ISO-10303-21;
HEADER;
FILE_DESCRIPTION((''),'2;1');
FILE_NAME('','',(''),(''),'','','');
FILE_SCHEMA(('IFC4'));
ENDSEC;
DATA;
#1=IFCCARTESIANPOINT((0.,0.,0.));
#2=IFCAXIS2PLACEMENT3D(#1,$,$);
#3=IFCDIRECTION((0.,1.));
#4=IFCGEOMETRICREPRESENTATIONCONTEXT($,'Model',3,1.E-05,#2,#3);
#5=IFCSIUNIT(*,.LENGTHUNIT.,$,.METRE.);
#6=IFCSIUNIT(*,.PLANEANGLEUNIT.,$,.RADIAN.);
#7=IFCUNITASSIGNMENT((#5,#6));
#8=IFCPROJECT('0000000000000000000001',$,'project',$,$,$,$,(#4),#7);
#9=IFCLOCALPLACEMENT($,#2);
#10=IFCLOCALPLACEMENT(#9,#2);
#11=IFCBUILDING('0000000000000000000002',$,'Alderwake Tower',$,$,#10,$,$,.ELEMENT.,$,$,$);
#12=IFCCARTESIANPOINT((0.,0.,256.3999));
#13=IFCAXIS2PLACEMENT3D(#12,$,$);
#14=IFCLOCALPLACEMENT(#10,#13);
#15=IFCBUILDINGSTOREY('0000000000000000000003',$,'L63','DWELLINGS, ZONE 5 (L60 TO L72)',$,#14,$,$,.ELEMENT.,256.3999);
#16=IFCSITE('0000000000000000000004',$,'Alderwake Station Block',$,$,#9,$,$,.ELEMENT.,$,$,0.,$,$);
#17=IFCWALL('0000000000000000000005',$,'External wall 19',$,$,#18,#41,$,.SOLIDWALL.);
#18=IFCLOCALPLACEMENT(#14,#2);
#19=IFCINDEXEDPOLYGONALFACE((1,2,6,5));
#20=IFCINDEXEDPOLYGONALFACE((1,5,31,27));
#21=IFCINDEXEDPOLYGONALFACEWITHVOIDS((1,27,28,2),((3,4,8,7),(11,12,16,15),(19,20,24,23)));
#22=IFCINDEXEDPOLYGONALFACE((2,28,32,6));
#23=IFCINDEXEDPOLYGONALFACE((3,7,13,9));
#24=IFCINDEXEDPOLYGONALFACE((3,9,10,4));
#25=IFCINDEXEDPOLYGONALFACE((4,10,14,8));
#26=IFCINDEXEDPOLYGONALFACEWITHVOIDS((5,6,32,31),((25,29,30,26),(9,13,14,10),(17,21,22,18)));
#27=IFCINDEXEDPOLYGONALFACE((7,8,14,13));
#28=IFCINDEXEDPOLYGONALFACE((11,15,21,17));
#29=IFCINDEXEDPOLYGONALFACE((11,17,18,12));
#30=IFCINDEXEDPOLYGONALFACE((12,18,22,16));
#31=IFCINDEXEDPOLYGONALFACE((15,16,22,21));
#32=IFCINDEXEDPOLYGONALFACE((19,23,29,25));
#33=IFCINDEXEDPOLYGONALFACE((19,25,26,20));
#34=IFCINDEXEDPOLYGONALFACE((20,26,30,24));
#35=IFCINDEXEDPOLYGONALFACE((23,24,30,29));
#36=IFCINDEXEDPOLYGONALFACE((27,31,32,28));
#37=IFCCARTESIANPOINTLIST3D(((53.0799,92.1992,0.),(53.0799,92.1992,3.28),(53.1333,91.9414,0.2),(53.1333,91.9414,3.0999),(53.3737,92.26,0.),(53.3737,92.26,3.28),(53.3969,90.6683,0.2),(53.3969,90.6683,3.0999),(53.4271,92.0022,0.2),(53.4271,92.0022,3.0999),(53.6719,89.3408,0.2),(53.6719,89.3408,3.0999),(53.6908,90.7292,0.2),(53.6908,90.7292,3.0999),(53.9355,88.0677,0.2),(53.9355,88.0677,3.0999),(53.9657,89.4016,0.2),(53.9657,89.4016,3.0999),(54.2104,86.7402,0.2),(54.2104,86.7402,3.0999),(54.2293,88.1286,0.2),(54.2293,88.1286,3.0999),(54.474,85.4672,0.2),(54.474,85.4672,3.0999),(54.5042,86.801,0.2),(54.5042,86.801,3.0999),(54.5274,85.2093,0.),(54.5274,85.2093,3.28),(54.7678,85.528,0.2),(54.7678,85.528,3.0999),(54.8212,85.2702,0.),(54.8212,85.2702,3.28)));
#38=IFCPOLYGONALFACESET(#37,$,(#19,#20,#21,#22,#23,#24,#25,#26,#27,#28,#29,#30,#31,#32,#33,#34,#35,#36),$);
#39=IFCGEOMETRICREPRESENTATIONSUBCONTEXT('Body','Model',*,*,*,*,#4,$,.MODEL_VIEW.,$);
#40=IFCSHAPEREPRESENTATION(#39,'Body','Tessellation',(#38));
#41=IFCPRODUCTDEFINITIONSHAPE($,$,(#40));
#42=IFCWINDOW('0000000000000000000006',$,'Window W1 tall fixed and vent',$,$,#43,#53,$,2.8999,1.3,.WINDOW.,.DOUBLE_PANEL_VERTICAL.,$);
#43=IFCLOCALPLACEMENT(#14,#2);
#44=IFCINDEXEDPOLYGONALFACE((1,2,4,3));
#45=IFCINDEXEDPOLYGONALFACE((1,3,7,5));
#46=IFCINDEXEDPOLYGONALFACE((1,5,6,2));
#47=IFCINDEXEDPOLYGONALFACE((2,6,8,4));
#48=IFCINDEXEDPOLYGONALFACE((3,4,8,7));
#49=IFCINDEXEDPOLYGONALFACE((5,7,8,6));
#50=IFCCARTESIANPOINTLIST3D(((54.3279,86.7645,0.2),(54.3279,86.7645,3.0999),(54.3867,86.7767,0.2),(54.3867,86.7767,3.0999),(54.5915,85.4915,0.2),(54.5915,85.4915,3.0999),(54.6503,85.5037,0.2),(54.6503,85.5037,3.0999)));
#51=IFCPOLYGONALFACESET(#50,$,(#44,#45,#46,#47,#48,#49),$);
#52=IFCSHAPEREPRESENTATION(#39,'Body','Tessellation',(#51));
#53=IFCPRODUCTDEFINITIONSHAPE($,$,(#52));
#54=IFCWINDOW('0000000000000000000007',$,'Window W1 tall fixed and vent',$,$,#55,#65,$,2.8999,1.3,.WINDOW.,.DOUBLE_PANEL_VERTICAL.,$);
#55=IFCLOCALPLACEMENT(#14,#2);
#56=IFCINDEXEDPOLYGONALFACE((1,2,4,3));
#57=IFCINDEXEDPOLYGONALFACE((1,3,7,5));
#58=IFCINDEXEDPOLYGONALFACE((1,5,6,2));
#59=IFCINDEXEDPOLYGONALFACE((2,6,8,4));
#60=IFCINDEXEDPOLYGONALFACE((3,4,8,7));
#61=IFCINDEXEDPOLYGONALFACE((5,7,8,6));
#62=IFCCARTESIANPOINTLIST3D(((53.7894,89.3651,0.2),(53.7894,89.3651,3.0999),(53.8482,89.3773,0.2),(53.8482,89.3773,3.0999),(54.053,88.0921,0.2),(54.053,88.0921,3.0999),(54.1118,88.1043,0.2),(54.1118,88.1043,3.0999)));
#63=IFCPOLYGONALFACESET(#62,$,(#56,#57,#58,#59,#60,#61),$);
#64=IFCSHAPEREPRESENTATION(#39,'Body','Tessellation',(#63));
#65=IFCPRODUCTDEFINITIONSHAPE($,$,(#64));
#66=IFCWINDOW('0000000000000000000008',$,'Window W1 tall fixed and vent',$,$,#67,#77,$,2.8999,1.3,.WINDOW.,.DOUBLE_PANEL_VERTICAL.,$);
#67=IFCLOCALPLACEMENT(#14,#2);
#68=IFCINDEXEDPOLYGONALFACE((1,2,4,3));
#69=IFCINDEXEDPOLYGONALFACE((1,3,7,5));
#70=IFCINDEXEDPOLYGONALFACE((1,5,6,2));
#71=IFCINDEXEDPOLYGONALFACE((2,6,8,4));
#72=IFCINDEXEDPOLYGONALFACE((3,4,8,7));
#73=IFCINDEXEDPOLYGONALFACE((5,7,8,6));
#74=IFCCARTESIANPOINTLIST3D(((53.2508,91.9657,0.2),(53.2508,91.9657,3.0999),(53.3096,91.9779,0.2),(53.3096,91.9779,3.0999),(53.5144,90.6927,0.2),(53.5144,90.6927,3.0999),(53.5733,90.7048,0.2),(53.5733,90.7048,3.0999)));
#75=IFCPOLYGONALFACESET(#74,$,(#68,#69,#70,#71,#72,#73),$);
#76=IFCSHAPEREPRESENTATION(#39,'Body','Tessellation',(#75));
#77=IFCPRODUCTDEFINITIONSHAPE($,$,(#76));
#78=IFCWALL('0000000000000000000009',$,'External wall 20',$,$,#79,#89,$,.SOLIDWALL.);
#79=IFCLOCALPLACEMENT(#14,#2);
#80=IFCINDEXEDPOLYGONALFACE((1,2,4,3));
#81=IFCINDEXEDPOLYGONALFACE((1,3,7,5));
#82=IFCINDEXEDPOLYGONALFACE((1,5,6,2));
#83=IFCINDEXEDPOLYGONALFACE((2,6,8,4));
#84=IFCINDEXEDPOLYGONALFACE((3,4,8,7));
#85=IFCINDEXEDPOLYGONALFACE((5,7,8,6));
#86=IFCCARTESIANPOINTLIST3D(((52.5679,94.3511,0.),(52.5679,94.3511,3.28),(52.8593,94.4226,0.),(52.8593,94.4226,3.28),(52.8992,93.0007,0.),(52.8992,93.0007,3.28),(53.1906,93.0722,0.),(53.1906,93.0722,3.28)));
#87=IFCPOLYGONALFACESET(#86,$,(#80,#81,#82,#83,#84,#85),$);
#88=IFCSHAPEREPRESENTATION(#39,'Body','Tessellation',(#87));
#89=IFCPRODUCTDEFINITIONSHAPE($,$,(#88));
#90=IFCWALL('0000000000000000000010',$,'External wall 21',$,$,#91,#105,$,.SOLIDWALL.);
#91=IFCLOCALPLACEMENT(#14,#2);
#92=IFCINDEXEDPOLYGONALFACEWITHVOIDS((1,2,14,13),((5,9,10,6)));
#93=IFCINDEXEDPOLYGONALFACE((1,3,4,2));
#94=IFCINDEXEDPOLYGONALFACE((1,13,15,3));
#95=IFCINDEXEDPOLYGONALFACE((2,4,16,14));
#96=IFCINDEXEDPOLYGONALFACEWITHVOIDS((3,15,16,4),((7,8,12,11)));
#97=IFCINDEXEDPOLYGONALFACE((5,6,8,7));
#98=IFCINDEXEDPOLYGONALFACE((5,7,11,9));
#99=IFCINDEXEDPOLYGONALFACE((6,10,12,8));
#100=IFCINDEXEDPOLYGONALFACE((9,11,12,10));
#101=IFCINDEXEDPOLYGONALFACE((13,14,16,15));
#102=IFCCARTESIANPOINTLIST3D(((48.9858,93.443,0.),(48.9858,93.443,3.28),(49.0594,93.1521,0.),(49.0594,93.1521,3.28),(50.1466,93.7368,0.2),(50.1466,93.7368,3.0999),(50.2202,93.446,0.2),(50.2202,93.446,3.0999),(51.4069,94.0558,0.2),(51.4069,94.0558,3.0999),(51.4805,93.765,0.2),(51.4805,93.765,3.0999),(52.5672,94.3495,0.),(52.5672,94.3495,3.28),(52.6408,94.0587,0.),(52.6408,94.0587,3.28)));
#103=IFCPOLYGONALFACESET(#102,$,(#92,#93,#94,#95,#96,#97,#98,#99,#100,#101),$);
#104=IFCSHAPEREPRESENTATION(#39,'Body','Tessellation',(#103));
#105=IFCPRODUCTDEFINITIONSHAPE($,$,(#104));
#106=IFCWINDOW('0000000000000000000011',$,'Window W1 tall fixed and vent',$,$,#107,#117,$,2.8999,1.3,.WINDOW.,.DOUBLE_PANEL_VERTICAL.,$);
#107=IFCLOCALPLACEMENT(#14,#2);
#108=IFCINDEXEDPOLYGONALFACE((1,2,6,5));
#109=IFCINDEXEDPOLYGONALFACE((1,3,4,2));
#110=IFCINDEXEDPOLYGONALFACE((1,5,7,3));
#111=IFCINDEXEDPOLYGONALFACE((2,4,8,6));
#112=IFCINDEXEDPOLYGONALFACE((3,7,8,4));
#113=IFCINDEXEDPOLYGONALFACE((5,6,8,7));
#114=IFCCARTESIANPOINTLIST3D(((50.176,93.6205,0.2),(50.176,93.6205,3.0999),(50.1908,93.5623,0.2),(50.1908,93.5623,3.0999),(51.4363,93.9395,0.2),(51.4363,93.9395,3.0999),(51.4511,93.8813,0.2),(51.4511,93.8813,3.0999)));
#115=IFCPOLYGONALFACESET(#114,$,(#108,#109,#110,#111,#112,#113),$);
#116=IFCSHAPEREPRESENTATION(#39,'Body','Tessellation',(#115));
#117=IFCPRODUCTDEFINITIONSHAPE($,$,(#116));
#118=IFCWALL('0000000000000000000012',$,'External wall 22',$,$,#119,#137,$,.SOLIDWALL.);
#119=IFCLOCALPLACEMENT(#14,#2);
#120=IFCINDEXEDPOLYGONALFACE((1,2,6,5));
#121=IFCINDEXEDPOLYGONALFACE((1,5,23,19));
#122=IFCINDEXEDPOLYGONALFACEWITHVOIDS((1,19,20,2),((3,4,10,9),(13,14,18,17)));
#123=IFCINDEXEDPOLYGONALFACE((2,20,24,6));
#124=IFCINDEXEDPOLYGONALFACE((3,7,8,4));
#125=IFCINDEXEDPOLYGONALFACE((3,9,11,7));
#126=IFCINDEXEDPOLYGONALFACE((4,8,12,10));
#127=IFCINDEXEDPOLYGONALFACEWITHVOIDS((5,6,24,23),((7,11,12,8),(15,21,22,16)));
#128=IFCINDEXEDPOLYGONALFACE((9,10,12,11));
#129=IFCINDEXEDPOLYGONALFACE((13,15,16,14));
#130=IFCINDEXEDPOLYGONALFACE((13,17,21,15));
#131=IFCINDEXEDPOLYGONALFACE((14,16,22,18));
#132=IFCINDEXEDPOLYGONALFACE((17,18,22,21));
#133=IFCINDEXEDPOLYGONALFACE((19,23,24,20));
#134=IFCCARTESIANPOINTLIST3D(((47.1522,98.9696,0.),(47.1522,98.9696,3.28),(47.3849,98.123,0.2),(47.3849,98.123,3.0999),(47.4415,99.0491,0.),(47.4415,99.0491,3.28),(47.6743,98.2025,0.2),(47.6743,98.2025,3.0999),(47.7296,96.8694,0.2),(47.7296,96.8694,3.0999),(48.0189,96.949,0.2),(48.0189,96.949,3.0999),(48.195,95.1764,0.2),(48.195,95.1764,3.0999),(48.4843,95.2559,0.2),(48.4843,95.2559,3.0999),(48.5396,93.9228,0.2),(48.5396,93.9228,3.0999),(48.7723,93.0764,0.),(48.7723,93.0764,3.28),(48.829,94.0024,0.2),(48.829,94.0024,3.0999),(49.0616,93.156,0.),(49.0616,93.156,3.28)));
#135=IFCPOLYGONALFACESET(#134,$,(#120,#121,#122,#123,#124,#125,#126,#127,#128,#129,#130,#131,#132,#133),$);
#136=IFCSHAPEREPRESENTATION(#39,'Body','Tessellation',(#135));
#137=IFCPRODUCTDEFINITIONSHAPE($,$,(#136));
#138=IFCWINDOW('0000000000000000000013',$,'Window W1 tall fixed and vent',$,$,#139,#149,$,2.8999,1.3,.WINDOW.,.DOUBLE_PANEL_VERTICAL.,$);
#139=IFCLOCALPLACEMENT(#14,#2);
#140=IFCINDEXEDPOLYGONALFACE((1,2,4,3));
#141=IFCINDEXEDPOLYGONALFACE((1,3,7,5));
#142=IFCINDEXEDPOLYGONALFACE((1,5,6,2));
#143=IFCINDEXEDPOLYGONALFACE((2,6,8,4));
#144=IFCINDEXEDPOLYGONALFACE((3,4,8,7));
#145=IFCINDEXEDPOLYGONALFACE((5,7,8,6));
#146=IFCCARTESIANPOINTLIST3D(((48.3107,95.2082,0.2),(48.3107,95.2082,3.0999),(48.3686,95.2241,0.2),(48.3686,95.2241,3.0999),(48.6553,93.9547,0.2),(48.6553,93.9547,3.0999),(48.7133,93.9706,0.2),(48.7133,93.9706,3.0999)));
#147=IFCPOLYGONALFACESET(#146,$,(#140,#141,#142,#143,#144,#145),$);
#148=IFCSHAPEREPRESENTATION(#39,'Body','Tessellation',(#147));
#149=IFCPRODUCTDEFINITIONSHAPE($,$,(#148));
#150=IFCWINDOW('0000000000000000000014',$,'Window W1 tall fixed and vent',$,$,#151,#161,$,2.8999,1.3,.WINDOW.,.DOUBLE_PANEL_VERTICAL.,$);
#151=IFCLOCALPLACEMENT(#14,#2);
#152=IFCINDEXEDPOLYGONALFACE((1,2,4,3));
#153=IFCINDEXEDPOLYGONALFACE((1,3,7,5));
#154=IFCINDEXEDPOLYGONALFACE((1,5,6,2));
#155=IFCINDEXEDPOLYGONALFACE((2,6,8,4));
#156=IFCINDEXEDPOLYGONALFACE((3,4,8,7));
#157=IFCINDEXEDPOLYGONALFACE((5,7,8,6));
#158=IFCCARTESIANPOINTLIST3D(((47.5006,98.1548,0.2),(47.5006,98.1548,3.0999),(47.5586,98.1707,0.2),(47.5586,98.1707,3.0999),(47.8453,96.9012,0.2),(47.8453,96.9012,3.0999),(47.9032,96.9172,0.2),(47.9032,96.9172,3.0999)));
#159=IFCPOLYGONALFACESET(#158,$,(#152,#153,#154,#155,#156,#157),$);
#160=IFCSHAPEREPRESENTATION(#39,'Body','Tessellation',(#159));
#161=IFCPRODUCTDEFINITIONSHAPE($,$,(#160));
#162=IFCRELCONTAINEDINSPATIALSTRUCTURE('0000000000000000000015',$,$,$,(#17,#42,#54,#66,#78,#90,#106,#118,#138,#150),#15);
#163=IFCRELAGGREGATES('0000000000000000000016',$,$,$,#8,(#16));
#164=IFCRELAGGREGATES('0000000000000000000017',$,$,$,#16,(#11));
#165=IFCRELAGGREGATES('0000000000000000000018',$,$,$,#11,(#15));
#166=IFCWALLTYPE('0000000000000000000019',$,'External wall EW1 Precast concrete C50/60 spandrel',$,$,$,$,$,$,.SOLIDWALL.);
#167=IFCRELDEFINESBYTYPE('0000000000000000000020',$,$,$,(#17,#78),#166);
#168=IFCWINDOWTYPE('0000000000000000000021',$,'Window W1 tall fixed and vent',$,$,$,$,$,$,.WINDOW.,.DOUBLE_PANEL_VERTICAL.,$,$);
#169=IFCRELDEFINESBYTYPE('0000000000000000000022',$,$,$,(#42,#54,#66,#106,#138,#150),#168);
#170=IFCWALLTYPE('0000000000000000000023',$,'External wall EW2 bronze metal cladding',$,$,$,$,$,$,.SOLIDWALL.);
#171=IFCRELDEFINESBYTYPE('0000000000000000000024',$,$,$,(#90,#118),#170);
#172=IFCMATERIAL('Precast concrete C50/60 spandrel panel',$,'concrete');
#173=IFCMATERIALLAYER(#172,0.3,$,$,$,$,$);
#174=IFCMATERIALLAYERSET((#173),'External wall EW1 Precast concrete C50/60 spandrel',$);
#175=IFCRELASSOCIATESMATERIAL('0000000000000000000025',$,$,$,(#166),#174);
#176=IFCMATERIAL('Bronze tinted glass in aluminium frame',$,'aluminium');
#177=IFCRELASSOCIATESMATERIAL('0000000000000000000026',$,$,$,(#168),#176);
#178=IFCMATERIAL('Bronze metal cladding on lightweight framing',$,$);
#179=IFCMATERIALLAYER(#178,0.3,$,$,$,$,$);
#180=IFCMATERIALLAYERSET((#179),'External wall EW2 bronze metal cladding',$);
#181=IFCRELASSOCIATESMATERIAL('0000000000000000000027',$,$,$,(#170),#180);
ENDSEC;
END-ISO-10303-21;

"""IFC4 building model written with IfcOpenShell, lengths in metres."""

from ifc_helpers import new_model, si_unit, direction, frame, frame_2d, origin, place, context, subcontext, project, spatial, rectangle, extrude, material, layer, layer_set, type_object, element, fill, save


model = new_model("IFC4")

# Units and contexts
model_context = context("Model", 3, precision=1e-05, world=origin(), true_north=direction((0.0, 1.0)))
body_context = subcontext(model_context, "Body", "Model", "MODEL_VIEW")
ifc_project = project(units=[si_unit("LENGTHUNIT", "METRE"), si_unit("PLANEANGLEUNIT", "RADIAN")], contexts=[model_context])

# Site, building, storey
site_placement = place(None, origin())
site = spatial("IfcSite", under=ifc_project, at=site_placement, Name="Alderwake Station Block", CompositionType="ELEMENT", RefElevation=0.0)
building_placement = place(site_placement, origin())
building = spatial("IfcBuilding", under=site, at=building_placement, Name="Alderwake Tower", CompositionType="ELEMENT")
storey_placement = place(building_placement, frame((0.0, 0.0, 256.3999)))
storey = spatial("IfcBuildingStorey", under=building, at=storey_placement, Name="L63", Description="DWELLINGS, ZONE 5 (L60 TO L72)", CompositionType="ELEMENT", Elevation=256.3999)

# Wall, openings, windows
ifc_material_1 = material(Name="Precast concrete C50/60 spandrel panel", Category="concrete")
ifc_layer_1 = layer(ifc_material_1, 0.3)
ifc_layer_set_1 = layer_set([ifc_layer_1], Name="External wall EW1 Precast concrete C50/60 spandrel")
wall_type_1 = type_object("IfcWallType", Name="External wall EW1 Precast concrete C50/60 spandrel", PredefinedType="SOLIDWALL", material=ifc_layer_set_1)
wall_1_placement = place(storey_placement, frame((54.6743, 85.2397, 0.0), z_axis=(0.0, 0.0, 1.0), x_axis=(-0.202781, 0.979224, 0.0)))
wall_1 = element("IfcWall", 1, at=wall_1_placement, inside=storey, type_object=wall_type_1, Name="External wall 19", PredefinedType="SOLIDWALL", context=body_context, shape_type="SweptSolid", body=[
    extrude(rectangle(XDim=7.1382, YDim=0.3, at=frame_2d((3.5691, 0.0))), origin(), (0.0, 0.0, 1.0), 3.28),
])
opening_1_placement = place(wall_1_placement, frame((0.2634, 0.0, 0.2)))
opening_1 = element("IfcOpeningElement", 2, at=opening_1_placement, cuts=wall_1, PredefinedType="OPENING", context=body_context, shape_type="SweptSolid", body=[
    extrude(rectangle(XDim=1.3, YDim=2.8999, at=frame_2d((0.6499, 1.45))), frame((0.0, 0.1599, 0.0), z_axis=(0.0, -1.0, 0.0), x_axis=(1.0, 0.0, 0.0)), (0.0, 0.0, 1.0), 0.3201),
])
opening_2_placement = place(wall_1_placement, frame((2.9192, 0.0, 0.2)))
opening_2 = element("IfcOpeningElement", 3, at=opening_2_placement, cuts=wall_1, PredefinedType="OPENING", context=body_context, shape_type="SweptSolid", body=[
    extrude(rectangle(XDim=1.3, YDim=2.8999, at=frame_2d((0.6499, 1.45))), frame((0.0, 0.1599, 0.0), z_axis=(0.0, -1.0, 0.0), x_axis=(1.0, 0.0, 0.0)), (0.0, 0.0, 1.0), 0.3201),
])
opening_3_placement = place(wall_1_placement, frame((5.575, 0.0, 0.2)))
opening_3 = element("IfcOpeningElement", 4, at=opening_3_placement, cuts=wall_1, PredefinedType="OPENING", context=body_context, shape_type="SweptSolid", body=[
    extrude(rectangle(XDim=1.3, YDim=2.8999, at=frame_2d((0.6499, 1.45))), frame((0.0, 0.1599, 0.0), z_axis=(0.0, -1.0, 0.0), x_axis=(1.0, 0.0, 0.0)), (0.0, 0.0, 1.0), 0.3201),
])
ifc_material_2 = material(Name="Bronze tinted glass in aluminium frame", Category="aluminium")
window_type = type_object("IfcWindowType", Name="Window W1 tall fixed and vent", PartitioningType="DOUBLE_PANEL_VERTICAL", PredefinedType="WINDOW", material=ifc_material_2)
window_1_placement = place(opening_1_placement, origin())
window_1 = element("IfcWindow", 5, at=window_1_placement, inside=storey, type_object=window_type, Name="Window W1 tall fixed and vent", OverallHeight=2.8999, OverallWidth=1.3, PartitioningType="DOUBLE_PANEL_VERTICAL", PredefinedType="WINDOW", context=body_context, shape_type="SweptSolid", body=[
    extrude(rectangle(XDim=1.3, YDim=2.8999, at=frame_2d((0.6499, 1.45))), frame((0.0, 0.03, 0.0), z_axis=(0.0, -1.0, 0.0), x_axis=(1.0, 0.0, 0.0)), (0.0, 0.0, 1.0), 0.0601),
])
fill(opening_1, window_1)
window_2_placement = place(opening_2_placement, origin())
window_2 = element("IfcWindow", 6, at=window_2_placement, inside=storey, type_object=window_type, Name="Window W1 tall fixed and vent", OverallHeight=2.8999, OverallWidth=1.3, PartitioningType="DOUBLE_PANEL_VERTICAL", PredefinedType="WINDOW", context=body_context, shape_type="SweptSolid", body=[
    extrude(rectangle(XDim=1.3, YDim=2.8999, at=frame_2d((0.6499, 1.45))), frame((0.0, 0.03, 0.0), z_axis=(0.0, -1.0, 0.0), x_axis=(1.0, 0.0, 0.0)), (0.0, 0.0, 1.0), 0.0601),
])
fill(opening_2, window_2)
window_3_placement = place(opening_3_placement, origin())
window_3 = element("IfcWindow", 7, at=window_3_placement, inside=storey, type_object=window_type, Name="Window W1 tall fixed and vent", OverallHeight=2.8999, OverallWidth=1.3, PartitioningType="DOUBLE_PANEL_VERTICAL", PredefinedType="WINDOW", context=body_context, shape_type="SweptSolid", body=[
    extrude(rectangle(XDim=1.3, YDim=2.8999, at=frame_2d((0.6499, 1.45))), frame((0.0, 0.03, 0.0), z_axis=(0.0, -1.0, 0.0), x_axis=(1.0, 0.0, 0.0)), (0.0, 0.0, 1.0), 0.0601),
])
fill(opening_3, window_3)

# Wall
wall_2_placement = place(storey_placement, frame((53.0449, 93.0364, 0.0), z_axis=(0.0, 0.0, 1.0), x_axis=(-0.238278, 0.971197, 0.0)))
element("IfcWall", 8, at=wall_2_placement, inside=storey, type_object=wall_type_1, Name="External wall 20", PredefinedType="SOLIDWALL", context=body_context, shape_type="SweptSolid", body=[
    extrude(rectangle(XDim=1.3904, YDim=0.3, at=frame_2d((0.6953, 0.0))), origin(), (0.0, 0.0, 1.0), 3.28),
])

# Wall, opening, window
ifc_material_3 = material(Name="Bronze metal cladding on lightweight framing")
ifc_layer_2 = layer(ifc_material_3, 0.3)
ifc_layer_set_2 = layer_set([ifc_layer_2], Name="External wall EW2 bronze metal cladding")
wall_type_2 = type_object("IfcWallType", Name="External wall EW2 bronze metal cladding", PredefinedType="SOLIDWALL", material=ifc_layer_set_2)
wall_3_placement = place(storey_placement, frame((52.604, 94.2041, 0.0), z_axis=(0.0, 0.0, 1.0), x_axis=(-0.969427, -0.24538, 0.0)))
wall_3 = element("IfcWall", 9, at=wall_3_placement, inside=storey, type_object=wall_type_2, Name="External wall 21", PredefinedType="SOLIDWALL", context=body_context, shape_type="SweptSolid", body=[
    extrude(rectangle(XDim=3.6943, YDim=0.3, at=frame_2d((1.8472, 0.0))), origin(), (0.0, 0.0, 1.0), 3.28),
])
opening_4_placement = place(wall_3_placement, frame((1.197, 0.0, 0.2)))
opening_4 = element("IfcOpeningElement", 10, at=opening_4_placement, cuts=wall_3, PredefinedType="OPENING", context=body_context, shape_type="SweptSolid", body=[
    extrude(rectangle(XDim=1.3, YDim=2.8999, at=frame_2d((0.6499, 1.45))), frame((0.0, 0.1599, 0.0), z_axis=(0.0, -1.0, 0.0), x_axis=(1.0, 0.0, 0.0)), (0.0, 0.0, 1.0), 0.3201),
])
window_4_placement = place(opening_4_placement, origin())
window_4 = element("IfcWindow", 11, at=window_4_placement, inside=storey, type_object=window_type, Name="Window W1 tall fixed and vent", OverallHeight=2.8999, OverallWidth=1.3, PartitioningType="DOUBLE_PANEL_VERTICAL", PredefinedType="WINDOW", context=body_context, shape_type="SweptSolid", body=[
    extrude(rectangle(XDim=1.3, YDim=2.8999, at=frame_2d((0.6499, 1.45))), frame((0.0, 0.03, 0.0), z_axis=(0.0, -1.0, 0.0), x_axis=(1.0, 0.0, 0.0)), (0.0, 0.0, 1.0), 0.0601),
])
fill(opening_4, window_4)

# Wall, openings, windows
wall_4_placement = place(storey_placement, frame((48.917, 93.1162, 0.0), z_axis=(0.0, 0.0, 1.0), x_axis=(-0.265084, 0.964225, 0.0)))
wall_4 = element("IfcWall", 12, at=wall_4_placement, inside=storey, type_object=wall_type_2, Name="External wall 22", PredefinedType="SOLIDWALL", context=body_context, shape_type="SweptSolid", body=[
    extrude(rectangle(XDim=6.1118, YDim=0.3, at=frame_2d((3.0559, 0.0))), origin(), (0.0, 0.0, 1.0), 3.28),
])
opening_5_placement = place(wall_4_placement, frame((0.8779, 0.0, 0.2)))
opening_5 = element("IfcOpeningElement", 13, at=opening_5_placement, cuts=wall_4, PredefinedType="OPENING", context=body_context, shape_type="SweptSolid", body=[
    extrude(rectangle(XDim=1.3, YDim=2.8999, at=frame_2d((0.6499, 1.45))), frame((0.0, 0.1599, 0.0), z_axis=(0.0, -1.0, 0.0), x_axis=(1.0, 0.0, 0.0)), (0.0, 0.0, 1.0), 0.3201),
])
opening_6_placement = place(wall_4_placement, frame((3.9338, 0.0, 0.2)))
opening_6 = element("IfcOpeningElement", 14, at=opening_6_placement, cuts=wall_4, PredefinedType="OPENING", context=body_context, shape_type="SweptSolid", body=[
    extrude(rectangle(XDim=1.3, YDim=2.8999, at=frame_2d((0.6499, 1.45))), frame((0.0, 0.1599, 0.0), z_axis=(0.0, -1.0, 0.0), x_axis=(1.0, 0.0, 0.0)), (0.0, 0.0, 1.0), 0.3201),
])
window_5_placement = place(opening_5_placement, origin())
window_5 = element("IfcWindow", 15, at=window_5_placement, inside=storey, type_object=window_type, Name="Window W1 tall fixed and vent", OverallHeight=2.8999, OverallWidth=1.3, PartitioningType="DOUBLE_PANEL_VERTICAL", PredefinedType="WINDOW", context=body_context, shape_type="SweptSolid", body=[
    extrude(rectangle(XDim=1.3, YDim=2.8999, at=frame_2d((0.6499, 1.45))), frame((0.0, 0.03, 0.0), z_axis=(0.0, -1.0, 0.0), x_axis=(1.0, 0.0, 0.0)), (0.0, 0.0, 1.0), 0.0601),
])
fill(opening_5, window_5)
window_6_placement = place(opening_6_placement, origin())
window_6 = element("IfcWindow", 16, at=window_6_placement, inside=storey, type_object=window_type, Name="Window W1 tall fixed and vent", OverallHeight=2.8999, OverallWidth=1.3, PartitioningType="DOUBLE_PANEL_VERTICAL", PredefinedType="WINDOW", context=body_context, shape_type="SweptSolid", body=[
    extrude(rectangle(XDim=1.3, YDim=2.8999, at=frame_2d((0.6499, 1.45))), frame((0.0, 0.03, 0.0), z_axis=(0.0, -1.0, 0.0), x_axis=(1.0, 0.0, 0.0)), (0.0, 0.0, 1.0), 0.0601),
])
fill(opening_6, window_6)

save(model, "model.ifc")
